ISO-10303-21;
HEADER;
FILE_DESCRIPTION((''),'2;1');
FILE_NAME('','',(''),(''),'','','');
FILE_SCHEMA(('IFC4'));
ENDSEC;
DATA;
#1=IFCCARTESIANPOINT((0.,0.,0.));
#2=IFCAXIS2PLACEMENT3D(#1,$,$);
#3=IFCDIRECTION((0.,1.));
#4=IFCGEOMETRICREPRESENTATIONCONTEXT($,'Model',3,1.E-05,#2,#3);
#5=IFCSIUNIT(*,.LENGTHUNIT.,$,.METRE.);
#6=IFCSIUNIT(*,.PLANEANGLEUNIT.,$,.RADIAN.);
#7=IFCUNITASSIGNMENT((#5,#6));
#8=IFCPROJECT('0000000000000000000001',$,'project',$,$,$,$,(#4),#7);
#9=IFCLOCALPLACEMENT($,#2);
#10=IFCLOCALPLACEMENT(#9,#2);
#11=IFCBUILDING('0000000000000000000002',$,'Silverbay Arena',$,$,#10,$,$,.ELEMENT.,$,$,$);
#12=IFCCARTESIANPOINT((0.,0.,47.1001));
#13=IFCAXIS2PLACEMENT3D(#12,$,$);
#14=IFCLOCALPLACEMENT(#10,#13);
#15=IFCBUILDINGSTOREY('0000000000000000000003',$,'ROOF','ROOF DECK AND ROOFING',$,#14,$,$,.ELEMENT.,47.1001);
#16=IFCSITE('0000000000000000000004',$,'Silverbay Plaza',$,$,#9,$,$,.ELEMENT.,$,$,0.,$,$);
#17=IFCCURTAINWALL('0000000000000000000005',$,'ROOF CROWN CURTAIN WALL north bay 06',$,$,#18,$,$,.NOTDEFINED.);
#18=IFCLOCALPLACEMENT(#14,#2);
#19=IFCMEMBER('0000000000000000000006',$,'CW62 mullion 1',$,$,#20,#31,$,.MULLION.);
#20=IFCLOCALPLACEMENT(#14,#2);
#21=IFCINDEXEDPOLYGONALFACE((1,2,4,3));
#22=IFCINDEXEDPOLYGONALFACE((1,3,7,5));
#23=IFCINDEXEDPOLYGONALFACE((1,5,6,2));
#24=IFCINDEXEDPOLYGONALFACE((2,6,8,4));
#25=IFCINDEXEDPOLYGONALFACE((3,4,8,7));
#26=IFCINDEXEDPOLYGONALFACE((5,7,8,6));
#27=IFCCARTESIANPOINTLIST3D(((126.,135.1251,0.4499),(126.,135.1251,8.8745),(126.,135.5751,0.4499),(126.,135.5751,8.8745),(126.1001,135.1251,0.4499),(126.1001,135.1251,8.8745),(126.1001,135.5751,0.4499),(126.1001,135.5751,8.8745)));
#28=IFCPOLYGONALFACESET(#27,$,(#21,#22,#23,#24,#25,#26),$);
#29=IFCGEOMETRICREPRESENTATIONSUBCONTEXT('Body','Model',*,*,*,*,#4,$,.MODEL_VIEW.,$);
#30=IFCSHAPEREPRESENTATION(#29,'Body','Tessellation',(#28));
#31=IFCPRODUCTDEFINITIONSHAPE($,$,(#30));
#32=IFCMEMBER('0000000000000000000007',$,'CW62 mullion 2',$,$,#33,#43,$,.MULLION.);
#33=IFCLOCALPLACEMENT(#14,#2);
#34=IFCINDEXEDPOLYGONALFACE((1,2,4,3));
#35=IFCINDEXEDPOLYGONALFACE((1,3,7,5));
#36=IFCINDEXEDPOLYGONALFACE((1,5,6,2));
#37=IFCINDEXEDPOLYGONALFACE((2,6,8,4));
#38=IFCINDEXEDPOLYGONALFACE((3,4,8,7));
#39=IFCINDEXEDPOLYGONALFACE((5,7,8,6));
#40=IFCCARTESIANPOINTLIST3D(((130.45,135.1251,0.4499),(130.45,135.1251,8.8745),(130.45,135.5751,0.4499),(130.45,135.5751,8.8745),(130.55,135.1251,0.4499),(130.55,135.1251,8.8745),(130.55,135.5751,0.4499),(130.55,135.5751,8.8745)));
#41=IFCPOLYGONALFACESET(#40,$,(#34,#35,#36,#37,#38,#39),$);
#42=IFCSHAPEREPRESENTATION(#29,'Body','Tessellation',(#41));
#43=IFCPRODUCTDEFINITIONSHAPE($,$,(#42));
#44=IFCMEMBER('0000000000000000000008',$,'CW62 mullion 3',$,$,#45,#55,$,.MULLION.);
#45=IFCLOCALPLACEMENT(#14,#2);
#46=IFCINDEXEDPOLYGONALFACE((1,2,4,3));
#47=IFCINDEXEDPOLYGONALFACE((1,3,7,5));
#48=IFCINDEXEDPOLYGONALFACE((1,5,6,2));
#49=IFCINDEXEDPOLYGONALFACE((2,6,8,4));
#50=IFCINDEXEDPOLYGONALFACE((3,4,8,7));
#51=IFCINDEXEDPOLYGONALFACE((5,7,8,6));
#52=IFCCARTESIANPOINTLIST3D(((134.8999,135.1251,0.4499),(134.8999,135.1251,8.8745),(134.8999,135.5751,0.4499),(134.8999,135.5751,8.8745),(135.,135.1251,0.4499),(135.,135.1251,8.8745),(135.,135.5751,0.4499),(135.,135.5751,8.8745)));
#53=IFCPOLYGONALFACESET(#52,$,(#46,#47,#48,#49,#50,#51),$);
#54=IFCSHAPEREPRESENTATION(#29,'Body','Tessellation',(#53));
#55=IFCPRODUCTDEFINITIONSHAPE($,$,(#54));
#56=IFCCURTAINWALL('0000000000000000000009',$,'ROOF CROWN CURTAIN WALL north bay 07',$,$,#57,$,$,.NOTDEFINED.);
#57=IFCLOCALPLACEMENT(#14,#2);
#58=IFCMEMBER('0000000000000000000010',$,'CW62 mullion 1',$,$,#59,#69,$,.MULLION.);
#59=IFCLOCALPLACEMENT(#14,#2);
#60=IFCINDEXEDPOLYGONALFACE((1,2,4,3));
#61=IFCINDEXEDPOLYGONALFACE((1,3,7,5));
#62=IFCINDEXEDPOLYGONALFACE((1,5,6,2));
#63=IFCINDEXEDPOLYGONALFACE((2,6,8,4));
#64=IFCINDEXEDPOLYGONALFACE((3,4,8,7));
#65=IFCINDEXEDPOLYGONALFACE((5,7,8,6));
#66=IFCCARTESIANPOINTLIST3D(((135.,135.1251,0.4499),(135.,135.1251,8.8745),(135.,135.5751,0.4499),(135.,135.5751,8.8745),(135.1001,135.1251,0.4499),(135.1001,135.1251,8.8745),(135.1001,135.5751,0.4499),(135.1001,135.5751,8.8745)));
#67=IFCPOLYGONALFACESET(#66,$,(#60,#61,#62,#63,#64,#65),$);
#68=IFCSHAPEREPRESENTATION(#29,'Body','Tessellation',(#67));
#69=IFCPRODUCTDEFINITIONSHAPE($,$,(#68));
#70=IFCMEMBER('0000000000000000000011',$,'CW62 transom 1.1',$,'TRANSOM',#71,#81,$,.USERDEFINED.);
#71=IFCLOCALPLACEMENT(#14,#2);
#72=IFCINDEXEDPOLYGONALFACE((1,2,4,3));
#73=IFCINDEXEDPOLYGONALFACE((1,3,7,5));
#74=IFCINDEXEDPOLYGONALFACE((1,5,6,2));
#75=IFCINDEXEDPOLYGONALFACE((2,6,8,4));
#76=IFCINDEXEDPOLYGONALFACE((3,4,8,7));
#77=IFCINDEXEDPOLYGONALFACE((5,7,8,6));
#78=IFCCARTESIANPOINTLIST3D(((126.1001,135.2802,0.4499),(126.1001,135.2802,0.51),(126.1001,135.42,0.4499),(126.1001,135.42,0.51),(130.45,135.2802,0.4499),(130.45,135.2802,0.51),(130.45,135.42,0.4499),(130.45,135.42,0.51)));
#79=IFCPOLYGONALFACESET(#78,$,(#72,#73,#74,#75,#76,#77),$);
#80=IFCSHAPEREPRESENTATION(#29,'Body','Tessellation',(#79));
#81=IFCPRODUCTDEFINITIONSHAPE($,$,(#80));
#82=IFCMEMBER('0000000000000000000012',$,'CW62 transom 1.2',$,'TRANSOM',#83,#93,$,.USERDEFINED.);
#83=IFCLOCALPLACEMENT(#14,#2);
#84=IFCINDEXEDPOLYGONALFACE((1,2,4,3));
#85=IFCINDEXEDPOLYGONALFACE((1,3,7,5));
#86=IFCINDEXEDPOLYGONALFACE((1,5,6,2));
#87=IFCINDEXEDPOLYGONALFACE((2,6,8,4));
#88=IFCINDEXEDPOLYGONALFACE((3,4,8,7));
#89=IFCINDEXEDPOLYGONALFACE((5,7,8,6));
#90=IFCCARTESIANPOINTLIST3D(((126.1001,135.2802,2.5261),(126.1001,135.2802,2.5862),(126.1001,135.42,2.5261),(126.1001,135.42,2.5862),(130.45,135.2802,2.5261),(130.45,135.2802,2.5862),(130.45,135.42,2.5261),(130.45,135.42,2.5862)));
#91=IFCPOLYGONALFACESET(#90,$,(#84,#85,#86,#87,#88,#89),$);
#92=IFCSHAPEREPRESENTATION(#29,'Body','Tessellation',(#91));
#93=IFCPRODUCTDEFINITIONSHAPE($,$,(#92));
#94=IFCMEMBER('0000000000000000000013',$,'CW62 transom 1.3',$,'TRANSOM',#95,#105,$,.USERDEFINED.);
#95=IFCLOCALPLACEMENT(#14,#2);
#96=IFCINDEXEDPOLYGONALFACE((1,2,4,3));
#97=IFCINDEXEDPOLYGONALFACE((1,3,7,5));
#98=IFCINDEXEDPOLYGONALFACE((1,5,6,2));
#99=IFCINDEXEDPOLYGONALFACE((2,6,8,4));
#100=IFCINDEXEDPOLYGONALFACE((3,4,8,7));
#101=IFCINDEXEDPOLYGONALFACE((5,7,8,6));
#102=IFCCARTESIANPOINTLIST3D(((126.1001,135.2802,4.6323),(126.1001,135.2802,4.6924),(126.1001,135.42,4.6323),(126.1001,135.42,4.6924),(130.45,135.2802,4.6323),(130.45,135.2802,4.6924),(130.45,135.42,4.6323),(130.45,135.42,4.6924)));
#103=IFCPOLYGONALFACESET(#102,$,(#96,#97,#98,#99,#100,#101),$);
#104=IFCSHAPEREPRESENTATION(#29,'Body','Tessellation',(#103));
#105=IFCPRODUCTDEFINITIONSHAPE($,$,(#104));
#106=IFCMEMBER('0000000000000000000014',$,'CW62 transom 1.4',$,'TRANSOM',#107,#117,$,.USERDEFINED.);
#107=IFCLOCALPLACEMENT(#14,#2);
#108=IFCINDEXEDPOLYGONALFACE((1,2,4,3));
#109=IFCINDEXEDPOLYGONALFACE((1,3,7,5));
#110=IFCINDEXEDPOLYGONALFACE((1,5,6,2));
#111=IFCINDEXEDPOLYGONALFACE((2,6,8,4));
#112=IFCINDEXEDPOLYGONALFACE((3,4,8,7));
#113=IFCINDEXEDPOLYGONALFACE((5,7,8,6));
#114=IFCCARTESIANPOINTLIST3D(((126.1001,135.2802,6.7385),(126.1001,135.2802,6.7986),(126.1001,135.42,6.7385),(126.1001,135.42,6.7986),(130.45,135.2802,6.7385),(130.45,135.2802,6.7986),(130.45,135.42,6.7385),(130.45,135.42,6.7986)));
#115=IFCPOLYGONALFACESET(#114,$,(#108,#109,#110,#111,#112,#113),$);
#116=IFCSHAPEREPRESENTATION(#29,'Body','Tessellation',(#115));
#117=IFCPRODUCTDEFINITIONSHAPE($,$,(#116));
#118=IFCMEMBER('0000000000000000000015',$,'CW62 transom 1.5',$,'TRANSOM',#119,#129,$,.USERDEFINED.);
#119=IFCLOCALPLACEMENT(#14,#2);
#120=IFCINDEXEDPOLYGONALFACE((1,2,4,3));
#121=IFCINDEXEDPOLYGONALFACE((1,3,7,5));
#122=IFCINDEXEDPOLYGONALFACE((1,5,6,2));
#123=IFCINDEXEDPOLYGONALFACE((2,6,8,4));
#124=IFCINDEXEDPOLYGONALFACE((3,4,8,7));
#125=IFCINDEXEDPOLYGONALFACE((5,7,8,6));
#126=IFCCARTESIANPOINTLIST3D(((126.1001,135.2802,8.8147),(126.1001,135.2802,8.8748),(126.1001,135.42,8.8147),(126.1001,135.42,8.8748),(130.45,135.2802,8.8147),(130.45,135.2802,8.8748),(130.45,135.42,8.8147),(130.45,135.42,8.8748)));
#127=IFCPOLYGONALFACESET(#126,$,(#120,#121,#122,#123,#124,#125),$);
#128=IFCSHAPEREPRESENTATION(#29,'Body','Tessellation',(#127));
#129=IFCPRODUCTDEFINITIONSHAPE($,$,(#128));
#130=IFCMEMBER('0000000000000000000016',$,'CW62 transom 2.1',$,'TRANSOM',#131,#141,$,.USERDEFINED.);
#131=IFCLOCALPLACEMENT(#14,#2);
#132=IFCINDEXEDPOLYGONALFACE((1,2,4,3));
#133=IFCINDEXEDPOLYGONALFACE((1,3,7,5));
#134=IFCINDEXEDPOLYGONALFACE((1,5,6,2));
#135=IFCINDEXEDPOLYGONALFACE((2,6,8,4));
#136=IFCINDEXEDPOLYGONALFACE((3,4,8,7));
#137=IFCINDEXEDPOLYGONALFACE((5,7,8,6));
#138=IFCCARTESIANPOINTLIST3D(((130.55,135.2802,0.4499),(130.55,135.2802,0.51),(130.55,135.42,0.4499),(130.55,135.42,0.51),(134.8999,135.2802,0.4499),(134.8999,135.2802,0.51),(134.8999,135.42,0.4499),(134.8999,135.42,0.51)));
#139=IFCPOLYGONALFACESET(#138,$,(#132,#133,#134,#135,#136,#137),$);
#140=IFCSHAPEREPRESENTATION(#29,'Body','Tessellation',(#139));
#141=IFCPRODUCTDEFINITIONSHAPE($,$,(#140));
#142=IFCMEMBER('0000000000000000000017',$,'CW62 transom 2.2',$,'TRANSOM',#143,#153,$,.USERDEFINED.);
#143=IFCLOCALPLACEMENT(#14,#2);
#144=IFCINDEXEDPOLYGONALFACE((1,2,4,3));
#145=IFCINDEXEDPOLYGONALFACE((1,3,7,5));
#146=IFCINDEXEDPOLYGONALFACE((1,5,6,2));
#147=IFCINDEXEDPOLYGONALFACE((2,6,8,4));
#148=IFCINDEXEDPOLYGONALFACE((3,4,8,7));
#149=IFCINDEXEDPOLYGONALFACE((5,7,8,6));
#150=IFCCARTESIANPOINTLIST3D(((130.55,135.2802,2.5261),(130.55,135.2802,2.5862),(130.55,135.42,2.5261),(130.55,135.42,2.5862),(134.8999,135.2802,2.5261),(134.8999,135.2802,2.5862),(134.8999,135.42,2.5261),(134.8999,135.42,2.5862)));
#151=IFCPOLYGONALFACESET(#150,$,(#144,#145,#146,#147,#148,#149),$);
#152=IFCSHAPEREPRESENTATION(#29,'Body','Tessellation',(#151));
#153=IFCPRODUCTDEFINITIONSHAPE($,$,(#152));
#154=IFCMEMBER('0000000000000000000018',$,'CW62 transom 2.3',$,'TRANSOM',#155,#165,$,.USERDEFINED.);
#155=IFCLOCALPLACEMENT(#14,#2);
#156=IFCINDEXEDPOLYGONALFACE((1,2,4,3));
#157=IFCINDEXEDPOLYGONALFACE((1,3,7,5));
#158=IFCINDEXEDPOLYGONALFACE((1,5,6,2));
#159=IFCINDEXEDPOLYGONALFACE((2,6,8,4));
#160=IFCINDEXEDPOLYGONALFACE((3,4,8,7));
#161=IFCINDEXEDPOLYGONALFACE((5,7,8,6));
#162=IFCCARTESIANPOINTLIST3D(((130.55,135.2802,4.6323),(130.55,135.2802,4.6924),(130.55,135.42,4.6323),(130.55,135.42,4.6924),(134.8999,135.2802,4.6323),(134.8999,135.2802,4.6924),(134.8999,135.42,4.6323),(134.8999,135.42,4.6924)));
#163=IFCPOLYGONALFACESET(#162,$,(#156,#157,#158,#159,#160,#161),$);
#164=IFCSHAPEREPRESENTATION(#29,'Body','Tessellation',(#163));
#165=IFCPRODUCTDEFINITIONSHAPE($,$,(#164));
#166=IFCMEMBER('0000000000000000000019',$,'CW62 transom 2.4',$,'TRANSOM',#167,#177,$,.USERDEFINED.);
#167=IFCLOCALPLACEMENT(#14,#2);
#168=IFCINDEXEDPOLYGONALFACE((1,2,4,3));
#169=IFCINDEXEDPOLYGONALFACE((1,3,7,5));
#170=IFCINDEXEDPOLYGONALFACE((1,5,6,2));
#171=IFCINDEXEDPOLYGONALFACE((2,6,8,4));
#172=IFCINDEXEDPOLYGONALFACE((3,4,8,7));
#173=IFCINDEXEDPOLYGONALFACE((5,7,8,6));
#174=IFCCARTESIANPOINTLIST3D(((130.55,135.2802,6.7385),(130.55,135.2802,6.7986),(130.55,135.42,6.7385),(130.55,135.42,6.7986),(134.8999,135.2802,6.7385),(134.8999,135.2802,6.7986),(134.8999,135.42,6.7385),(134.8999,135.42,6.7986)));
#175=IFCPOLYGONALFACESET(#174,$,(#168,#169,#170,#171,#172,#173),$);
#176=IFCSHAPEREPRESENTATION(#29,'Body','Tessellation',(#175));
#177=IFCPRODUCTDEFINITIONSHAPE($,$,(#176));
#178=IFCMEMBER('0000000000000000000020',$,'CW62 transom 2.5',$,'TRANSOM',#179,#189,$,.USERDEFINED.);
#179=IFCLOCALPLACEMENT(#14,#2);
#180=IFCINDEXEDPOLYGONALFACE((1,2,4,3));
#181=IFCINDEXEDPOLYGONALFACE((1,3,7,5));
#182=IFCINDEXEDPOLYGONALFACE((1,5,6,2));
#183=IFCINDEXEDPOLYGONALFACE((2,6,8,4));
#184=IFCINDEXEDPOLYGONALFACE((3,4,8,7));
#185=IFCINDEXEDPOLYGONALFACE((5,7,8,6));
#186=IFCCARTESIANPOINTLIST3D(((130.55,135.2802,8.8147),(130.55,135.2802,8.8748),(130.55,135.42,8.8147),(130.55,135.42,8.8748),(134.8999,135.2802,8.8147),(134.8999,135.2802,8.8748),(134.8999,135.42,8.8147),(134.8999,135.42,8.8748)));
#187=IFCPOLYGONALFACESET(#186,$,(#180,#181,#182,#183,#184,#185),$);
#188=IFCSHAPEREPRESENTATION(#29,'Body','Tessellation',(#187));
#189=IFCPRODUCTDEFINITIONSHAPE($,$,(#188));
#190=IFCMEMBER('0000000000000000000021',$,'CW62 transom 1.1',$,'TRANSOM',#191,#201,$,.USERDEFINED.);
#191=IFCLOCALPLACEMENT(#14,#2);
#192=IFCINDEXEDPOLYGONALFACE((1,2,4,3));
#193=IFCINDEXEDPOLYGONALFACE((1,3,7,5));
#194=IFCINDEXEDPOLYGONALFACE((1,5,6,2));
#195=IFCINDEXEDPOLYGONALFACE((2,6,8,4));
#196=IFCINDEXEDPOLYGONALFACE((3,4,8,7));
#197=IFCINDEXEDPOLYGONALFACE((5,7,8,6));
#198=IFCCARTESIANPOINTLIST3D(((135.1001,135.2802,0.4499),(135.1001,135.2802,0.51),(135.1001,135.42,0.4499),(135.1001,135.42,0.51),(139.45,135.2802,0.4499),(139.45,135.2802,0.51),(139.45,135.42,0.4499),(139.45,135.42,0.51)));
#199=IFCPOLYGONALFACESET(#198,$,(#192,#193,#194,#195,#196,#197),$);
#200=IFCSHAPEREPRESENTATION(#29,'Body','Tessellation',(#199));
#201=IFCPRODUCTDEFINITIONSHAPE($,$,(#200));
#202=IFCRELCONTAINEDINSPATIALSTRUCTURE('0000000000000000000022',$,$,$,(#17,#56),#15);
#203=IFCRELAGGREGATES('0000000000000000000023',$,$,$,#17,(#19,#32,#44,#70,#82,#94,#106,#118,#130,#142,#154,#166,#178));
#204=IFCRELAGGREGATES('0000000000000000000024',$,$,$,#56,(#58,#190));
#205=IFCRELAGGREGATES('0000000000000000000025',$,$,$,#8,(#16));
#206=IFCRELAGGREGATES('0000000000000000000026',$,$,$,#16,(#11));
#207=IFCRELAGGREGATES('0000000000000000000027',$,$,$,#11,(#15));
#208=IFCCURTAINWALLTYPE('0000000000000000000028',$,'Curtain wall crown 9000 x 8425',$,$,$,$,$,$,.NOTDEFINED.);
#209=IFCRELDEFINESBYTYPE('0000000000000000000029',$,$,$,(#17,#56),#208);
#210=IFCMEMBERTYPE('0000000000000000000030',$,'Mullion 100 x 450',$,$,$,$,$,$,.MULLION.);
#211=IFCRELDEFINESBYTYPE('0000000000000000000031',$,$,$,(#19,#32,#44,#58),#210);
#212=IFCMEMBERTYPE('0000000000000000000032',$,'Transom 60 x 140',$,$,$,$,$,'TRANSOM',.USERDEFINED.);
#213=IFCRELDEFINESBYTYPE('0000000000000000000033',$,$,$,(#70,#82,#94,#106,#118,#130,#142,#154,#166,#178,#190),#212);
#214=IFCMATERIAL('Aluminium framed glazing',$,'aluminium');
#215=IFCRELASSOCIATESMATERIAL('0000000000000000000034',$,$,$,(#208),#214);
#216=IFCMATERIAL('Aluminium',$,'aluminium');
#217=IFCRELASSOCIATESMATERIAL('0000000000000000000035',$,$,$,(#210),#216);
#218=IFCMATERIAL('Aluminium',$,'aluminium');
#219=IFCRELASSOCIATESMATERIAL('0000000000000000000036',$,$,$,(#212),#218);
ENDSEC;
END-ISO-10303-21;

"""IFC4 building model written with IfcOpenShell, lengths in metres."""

from ifc_helpers import new_model, si_unit, direction, frame, origin, origin_2d, place, context, subcontext, project, spatial, rectangle, extrude, material, material_profile, profile_set, type_object, element, aggregate, save


model = new_model("IFC4")

# Units and contexts
model_context = context("Model", 3, precision=1e-05, world=origin(), true_north=direction((0.0, 1.0)))
body_context = subcontext(model_context, "Body", "Model", "MODEL_VIEW")
ifc_project = project(units=[si_unit("LENGTHUNIT", "METRE"), si_unit("PLANEANGLEUNIT", "RADIAN")], contexts=[model_context])

# Site, building, storey
site_placement = place(None, origin())
site = spatial("IfcSite", under=ifc_project, at=site_placement, Name="Silverbay Plaza", CompositionType="ELEMENT", RefElevation=0.0)
building_placement = place(site_placement, origin())
building = spatial("IfcBuilding", under=site, at=building_placement, Name="Silverbay Arena", CompositionType="ELEMENT")
storey_placement = place(building_placement, frame((0.0, 0.0, 47.1001)))
storey = spatial("IfcBuildingStorey", under=building, at=storey_placement, Name="ROOF", Description="ROOF DECK AND ROOFING", CompositionType="ELEMENT", Elevation=47.1001)

# Curtain wall, members
ifc_material_1 = material(Name="Aluminium framed glazing", Category="aluminium")
curtain_wall_type = type_object("IfcCurtainWallType", Name="Curtain wall crown 9000 x 8425", PredefinedType="NOTDEFINED", material=ifc_material_1)
curtain_wall_1_placement = place(storey_placement, origin())
curtain_wall_1 = element("IfcCurtainWall", 1, at=curtain_wall_1_placement, inside=storey, type_object=curtain_wall_type, Name="ROOF CROWN CURTAIN WALL north bay 06", PredefinedType="NOTDEFINED")
ifc_material_2 = material(Name="Aluminium", Category="aluminium")
ifc_material_profile_1 = material_profile(ifc_material_2, rectangle(XDim=0.45, YDim=0.1001, at=origin_2d()), Name="Mullion 100 x 450")
ifc_profile_set_1 = profile_set([ifc_material_profile_1], Name="Aluminium")
member_type_1 = type_object("IfcMemberType", Name="Mullion 100 x 450", PredefinedType="MULLION", material=ifc_profile_set_1)
placement = place(building_placement, frame((0.0, 0.0, 33.5)))
member_1_placement = place(placement, frame((126.05, 135.3501, 14.05), z_axis=(0.0, 0.0, 1.0), x_axis=(0.0, 1.0, 0.0)))
member_1 = element("IfcMember", 2, at=member_1_placement, type_object=member_type_1, Name="CW62 mullion 1", PredefinedType="MULLION", context=body_context, shape_type="SweptSolid", body=[
    extrude(rectangle(XDim=0.45, YDim=0.1001, at=origin_2d()), origin(), (0.0, 0.0, 1.0), 8.4246),
])
member_2_placement = place(placement, frame((130.5, 135.3501, 14.05), z_axis=(0.0, 0.0, 1.0), x_axis=(0.0, 1.0, 0.0)))
member_2 = element("IfcMember", 3, at=member_2_placement, type_object=member_type_1, Name="CW62 mullion 2", PredefinedType="MULLION", context=body_context, shape_type="SweptSolid", body=[
    extrude(rectangle(XDim=0.45, YDim=0.1001, at=origin_2d()), origin(), (0.0, 0.0, 1.0), 8.4246),
])
member_3_placement = place(placement, frame((134.95, 135.3501, 14.05), z_axis=(0.0, 0.0, 1.0), x_axis=(0.0, 1.0, 0.0)))
member_3 = element("IfcMember", 4, at=member_3_placement, type_object=member_type_1, Name="CW62 mullion 3", PredefinedType="MULLION", context=body_context, shape_type="SweptSolid", body=[
    extrude(rectangle(XDim=0.45, YDim=0.1001, at=origin_2d()), origin(), (0.0, 0.0, 1.0), 8.4246),
])

# Curtain wall, member
curtain_wall_2_placement = place(storey_placement, origin())
curtain_wall_2 = element("IfcCurtainWall", 5, at=curtain_wall_2_placement, inside=storey, type_object=curtain_wall_type, Name="ROOF CROWN CURTAIN WALL north bay 07", PredefinedType="NOTDEFINED")
member_4_placement = place(placement, frame((135.05, 135.3501, 14.05), z_axis=(0.0, 0.0, 1.0), x_axis=(0.0, 1.0, 0.0)))
member_4 = element("IfcMember", 6, at=member_4_placement, type_object=member_type_1, Name="CW62 mullion 1", PredefinedType="MULLION", context=body_context, shape_type="SweptSolid", body=[
    extrude(rectangle(XDim=0.45, YDim=0.1001, at=origin_2d()), origin(), (0.0, 0.0, 1.0), 8.4246),
])

# Members
ifc_material_3 = material(Name="Aluminium", Category="aluminium")
ifc_material_profile_2 = material_profile(ifc_material_3, rectangle(XDim=0.1399, YDim=0.0601, at=origin_2d()), Name="Transom 60 x 140")
ifc_profile_set_2 = profile_set([ifc_material_profile_2], Name="Aluminium")
member_type_2 = type_object("IfcMemberType", Name="Transom 60 x 140", ElementType="TRANSOM", PredefinedType="USERDEFINED", material=ifc_profile_set_2)
member_5_placement = place(placement, frame((126.1001, 135.3501, 14.0801), z_axis=(1.0, 0.0, 0.0), x_axis=(0.0, 1.0, 0.0)))
member_5 = element("IfcMember", 7, at=member_5_placement, type_object=member_type_2, Name="CW62 transom 1.1", ObjectType="TRANSOM", PredefinedType="USERDEFINED", context=body_context, shape_type="SweptSolid", body=[
    extrude(rectangle(XDim=0.1399, YDim=0.0601, at=origin_2d()), origin(), (0.0, 0.0, 1.0), 4.3499),
])
member_6_placement = place(placement, frame((126.1001, 135.3501, 16.1562), z_axis=(1.0, 0.0, 0.0), x_axis=(0.0, 1.0, 0.0)))
member_6 = element("IfcMember", 8, at=member_6_placement, type_object=member_type_2, Name="CW62 transom 1.2", ObjectType="TRANSOM", PredefinedType="USERDEFINED", context=body_context, shape_type="SweptSolid", body=[
    extrude(rectangle(XDim=0.1399, YDim=0.0601, at=origin_2d()), origin(), (0.0, 0.0, 1.0), 4.3499),
])
member_7_placement = place(placement, frame((126.1001, 135.3501, 18.2625), z_axis=(1.0, 0.0, 0.0), x_axis=(0.0, 1.0, 0.0)))
member_7 = element("IfcMember", 9, at=member_7_placement, type_object=member_type_2, Name="CW62 transom 1.3", ObjectType="TRANSOM", PredefinedType="USERDEFINED", context=body_context, shape_type="SweptSolid", body=[
    extrude(rectangle(XDim=0.1399, YDim=0.0601, at=origin_2d()), origin(), (0.0, 0.0, 1.0), 4.3499),
])
member_8_placement = place(placement, frame((126.1001, 135.3501, 20.3687), z_axis=(1.0, 0.0, 0.0), x_axis=(0.0, 1.0, 0.0)))
member_8 = element("IfcMember", 10, at=member_8_placement, type_object=member_type_2, Name="CW62 transom 1.4", ObjectType="TRANSOM", PredefinedType="USERDEFINED", context=body_context, shape_type="SweptSolid", body=[
    extrude(rectangle(XDim=0.1399, YDim=0.0601, at=origin_2d()), origin(), (0.0, 0.0, 1.0), 4.3499),
])
member_9_placement = place(placement, frame((126.1001, 135.3501, 22.4448), z_axis=(1.0, 0.0, 0.0), x_axis=(0.0, 1.0, 0.0)))
member_9 = element("IfcMember", 11, at=member_9_placement, type_object=member_type_2, Name="CW62 transom 1.5", ObjectType="TRANSOM", PredefinedType="USERDEFINED", context=body_context, shape_type="SweptSolid", body=[
    extrude(rectangle(XDim=0.1399, YDim=0.0601, at=origin_2d()), origin(), (0.0, 0.0, 1.0), 4.3499),
])
member_10_placement = place(placement, frame((130.55, 135.3501, 14.0801), z_axis=(1.0, 0.0, 0.0), x_axis=(0.0, 1.0, 0.0)))
member_10 = element("IfcMember", 12, at=member_10_placement, type_object=member_type_2, Name="CW62 transom 2.1", ObjectType="TRANSOM", PredefinedType="USERDEFINED", context=body_context, shape_type="SweptSolid", body=[
    extrude(rectangle(XDim=0.1399, YDim=0.0601, at=origin_2d()), origin(), (0.0, 0.0, 1.0), 4.3499),
])
member_11_placement = place(placement, frame((130.55, 135.3501, 16.1562), z_axis=(1.0, 0.0, 0.0), x_axis=(0.0, 1.0, 0.0)))
member_11 = element("IfcMember", 13, at=member_11_placement, type_object=member_type_2, Name="CW62 transom 2.2", ObjectType="TRANSOM", PredefinedType="USERDEFINED", context=body_context, shape_type="SweptSolid", body=[
    extrude(rectangle(XDim=0.1399, YDim=0.0601, at=origin_2d()), origin(), (0.0, 0.0, 1.0), 4.3499),
])
member_12_placement = place(placement, frame((130.55, 135.3501, 18.2625), z_axis=(1.0, 0.0, 0.0), x_axis=(0.0, 1.0, 0.0)))
member_12 = element("IfcMember", 14, at=member_12_placement, type_object=member_type_2, Name="CW62 transom 2.3", ObjectType="TRANSOM", PredefinedType="USERDEFINED", context=body_context, shape_type="SweptSolid", body=[
    extrude(rectangle(XDim=0.1399, YDim=0.0601, at=origin_2d()), origin(), (0.0, 0.0, 1.0), 4.3499),
])
member_13_placement = place(placement, frame((130.55, 135.3501, 20.3687), z_axis=(1.0, 0.0, 0.0), x_axis=(0.0, 1.0, 0.0)))
member_13 = element("IfcMember", 15, at=member_13_placement, type_object=member_type_2, Name="CW62 transom 2.4", ObjectType="TRANSOM", PredefinedType="USERDEFINED", context=body_context, shape_type="SweptSolid", body=[
    extrude(rectangle(XDim=0.1399, YDim=0.0601, at=origin_2d()), origin(), (0.0, 0.0, 1.0), 4.3499),
])
member_14_placement = place(placement, frame((130.55, 135.3501, 22.4448), z_axis=(1.0, 0.0, 0.0), x_axis=(0.0, 1.0, 0.0)))
member_14 = element("IfcMember", 16, at=member_14_placement, type_object=member_type_2, Name="CW62 transom 2.5", ObjectType="TRANSOM", PredefinedType="USERDEFINED", context=body_context, shape_type="SweptSolid", body=[
    extrude(rectangle(XDim=0.1399, YDim=0.0601, at=origin_2d()), origin(), (0.0, 0.0, 1.0), 4.3499),
])
member_15_placement = place(placement, frame((135.1001, 135.3501, 14.0801), z_axis=(1.0, 0.0, 0.0), x_axis=(0.0, 1.0, 0.0)))
member_15 = element("IfcMember", 17, at=member_15_placement, type_object=member_type_2, Name="CW62 transom 1.1", ObjectType="TRANSOM", PredefinedType="USERDEFINED", context=body_context, shape_type="SweptSolid", body=[
    extrude(rectangle(XDim=0.1399, YDim=0.0601, at=origin_2d()), origin(), (0.0, 0.0, 1.0), 4.3499),
])

aggregate(curtain_wall_1, [member_1, member_2, member_3, member_5, member_6, member_7, member_8, member_9, member_10, member_11, member_12, member_13, member_14])
aggregate(curtain_wall_2, [member_4, member_15])

save(model, "model.ifc")
